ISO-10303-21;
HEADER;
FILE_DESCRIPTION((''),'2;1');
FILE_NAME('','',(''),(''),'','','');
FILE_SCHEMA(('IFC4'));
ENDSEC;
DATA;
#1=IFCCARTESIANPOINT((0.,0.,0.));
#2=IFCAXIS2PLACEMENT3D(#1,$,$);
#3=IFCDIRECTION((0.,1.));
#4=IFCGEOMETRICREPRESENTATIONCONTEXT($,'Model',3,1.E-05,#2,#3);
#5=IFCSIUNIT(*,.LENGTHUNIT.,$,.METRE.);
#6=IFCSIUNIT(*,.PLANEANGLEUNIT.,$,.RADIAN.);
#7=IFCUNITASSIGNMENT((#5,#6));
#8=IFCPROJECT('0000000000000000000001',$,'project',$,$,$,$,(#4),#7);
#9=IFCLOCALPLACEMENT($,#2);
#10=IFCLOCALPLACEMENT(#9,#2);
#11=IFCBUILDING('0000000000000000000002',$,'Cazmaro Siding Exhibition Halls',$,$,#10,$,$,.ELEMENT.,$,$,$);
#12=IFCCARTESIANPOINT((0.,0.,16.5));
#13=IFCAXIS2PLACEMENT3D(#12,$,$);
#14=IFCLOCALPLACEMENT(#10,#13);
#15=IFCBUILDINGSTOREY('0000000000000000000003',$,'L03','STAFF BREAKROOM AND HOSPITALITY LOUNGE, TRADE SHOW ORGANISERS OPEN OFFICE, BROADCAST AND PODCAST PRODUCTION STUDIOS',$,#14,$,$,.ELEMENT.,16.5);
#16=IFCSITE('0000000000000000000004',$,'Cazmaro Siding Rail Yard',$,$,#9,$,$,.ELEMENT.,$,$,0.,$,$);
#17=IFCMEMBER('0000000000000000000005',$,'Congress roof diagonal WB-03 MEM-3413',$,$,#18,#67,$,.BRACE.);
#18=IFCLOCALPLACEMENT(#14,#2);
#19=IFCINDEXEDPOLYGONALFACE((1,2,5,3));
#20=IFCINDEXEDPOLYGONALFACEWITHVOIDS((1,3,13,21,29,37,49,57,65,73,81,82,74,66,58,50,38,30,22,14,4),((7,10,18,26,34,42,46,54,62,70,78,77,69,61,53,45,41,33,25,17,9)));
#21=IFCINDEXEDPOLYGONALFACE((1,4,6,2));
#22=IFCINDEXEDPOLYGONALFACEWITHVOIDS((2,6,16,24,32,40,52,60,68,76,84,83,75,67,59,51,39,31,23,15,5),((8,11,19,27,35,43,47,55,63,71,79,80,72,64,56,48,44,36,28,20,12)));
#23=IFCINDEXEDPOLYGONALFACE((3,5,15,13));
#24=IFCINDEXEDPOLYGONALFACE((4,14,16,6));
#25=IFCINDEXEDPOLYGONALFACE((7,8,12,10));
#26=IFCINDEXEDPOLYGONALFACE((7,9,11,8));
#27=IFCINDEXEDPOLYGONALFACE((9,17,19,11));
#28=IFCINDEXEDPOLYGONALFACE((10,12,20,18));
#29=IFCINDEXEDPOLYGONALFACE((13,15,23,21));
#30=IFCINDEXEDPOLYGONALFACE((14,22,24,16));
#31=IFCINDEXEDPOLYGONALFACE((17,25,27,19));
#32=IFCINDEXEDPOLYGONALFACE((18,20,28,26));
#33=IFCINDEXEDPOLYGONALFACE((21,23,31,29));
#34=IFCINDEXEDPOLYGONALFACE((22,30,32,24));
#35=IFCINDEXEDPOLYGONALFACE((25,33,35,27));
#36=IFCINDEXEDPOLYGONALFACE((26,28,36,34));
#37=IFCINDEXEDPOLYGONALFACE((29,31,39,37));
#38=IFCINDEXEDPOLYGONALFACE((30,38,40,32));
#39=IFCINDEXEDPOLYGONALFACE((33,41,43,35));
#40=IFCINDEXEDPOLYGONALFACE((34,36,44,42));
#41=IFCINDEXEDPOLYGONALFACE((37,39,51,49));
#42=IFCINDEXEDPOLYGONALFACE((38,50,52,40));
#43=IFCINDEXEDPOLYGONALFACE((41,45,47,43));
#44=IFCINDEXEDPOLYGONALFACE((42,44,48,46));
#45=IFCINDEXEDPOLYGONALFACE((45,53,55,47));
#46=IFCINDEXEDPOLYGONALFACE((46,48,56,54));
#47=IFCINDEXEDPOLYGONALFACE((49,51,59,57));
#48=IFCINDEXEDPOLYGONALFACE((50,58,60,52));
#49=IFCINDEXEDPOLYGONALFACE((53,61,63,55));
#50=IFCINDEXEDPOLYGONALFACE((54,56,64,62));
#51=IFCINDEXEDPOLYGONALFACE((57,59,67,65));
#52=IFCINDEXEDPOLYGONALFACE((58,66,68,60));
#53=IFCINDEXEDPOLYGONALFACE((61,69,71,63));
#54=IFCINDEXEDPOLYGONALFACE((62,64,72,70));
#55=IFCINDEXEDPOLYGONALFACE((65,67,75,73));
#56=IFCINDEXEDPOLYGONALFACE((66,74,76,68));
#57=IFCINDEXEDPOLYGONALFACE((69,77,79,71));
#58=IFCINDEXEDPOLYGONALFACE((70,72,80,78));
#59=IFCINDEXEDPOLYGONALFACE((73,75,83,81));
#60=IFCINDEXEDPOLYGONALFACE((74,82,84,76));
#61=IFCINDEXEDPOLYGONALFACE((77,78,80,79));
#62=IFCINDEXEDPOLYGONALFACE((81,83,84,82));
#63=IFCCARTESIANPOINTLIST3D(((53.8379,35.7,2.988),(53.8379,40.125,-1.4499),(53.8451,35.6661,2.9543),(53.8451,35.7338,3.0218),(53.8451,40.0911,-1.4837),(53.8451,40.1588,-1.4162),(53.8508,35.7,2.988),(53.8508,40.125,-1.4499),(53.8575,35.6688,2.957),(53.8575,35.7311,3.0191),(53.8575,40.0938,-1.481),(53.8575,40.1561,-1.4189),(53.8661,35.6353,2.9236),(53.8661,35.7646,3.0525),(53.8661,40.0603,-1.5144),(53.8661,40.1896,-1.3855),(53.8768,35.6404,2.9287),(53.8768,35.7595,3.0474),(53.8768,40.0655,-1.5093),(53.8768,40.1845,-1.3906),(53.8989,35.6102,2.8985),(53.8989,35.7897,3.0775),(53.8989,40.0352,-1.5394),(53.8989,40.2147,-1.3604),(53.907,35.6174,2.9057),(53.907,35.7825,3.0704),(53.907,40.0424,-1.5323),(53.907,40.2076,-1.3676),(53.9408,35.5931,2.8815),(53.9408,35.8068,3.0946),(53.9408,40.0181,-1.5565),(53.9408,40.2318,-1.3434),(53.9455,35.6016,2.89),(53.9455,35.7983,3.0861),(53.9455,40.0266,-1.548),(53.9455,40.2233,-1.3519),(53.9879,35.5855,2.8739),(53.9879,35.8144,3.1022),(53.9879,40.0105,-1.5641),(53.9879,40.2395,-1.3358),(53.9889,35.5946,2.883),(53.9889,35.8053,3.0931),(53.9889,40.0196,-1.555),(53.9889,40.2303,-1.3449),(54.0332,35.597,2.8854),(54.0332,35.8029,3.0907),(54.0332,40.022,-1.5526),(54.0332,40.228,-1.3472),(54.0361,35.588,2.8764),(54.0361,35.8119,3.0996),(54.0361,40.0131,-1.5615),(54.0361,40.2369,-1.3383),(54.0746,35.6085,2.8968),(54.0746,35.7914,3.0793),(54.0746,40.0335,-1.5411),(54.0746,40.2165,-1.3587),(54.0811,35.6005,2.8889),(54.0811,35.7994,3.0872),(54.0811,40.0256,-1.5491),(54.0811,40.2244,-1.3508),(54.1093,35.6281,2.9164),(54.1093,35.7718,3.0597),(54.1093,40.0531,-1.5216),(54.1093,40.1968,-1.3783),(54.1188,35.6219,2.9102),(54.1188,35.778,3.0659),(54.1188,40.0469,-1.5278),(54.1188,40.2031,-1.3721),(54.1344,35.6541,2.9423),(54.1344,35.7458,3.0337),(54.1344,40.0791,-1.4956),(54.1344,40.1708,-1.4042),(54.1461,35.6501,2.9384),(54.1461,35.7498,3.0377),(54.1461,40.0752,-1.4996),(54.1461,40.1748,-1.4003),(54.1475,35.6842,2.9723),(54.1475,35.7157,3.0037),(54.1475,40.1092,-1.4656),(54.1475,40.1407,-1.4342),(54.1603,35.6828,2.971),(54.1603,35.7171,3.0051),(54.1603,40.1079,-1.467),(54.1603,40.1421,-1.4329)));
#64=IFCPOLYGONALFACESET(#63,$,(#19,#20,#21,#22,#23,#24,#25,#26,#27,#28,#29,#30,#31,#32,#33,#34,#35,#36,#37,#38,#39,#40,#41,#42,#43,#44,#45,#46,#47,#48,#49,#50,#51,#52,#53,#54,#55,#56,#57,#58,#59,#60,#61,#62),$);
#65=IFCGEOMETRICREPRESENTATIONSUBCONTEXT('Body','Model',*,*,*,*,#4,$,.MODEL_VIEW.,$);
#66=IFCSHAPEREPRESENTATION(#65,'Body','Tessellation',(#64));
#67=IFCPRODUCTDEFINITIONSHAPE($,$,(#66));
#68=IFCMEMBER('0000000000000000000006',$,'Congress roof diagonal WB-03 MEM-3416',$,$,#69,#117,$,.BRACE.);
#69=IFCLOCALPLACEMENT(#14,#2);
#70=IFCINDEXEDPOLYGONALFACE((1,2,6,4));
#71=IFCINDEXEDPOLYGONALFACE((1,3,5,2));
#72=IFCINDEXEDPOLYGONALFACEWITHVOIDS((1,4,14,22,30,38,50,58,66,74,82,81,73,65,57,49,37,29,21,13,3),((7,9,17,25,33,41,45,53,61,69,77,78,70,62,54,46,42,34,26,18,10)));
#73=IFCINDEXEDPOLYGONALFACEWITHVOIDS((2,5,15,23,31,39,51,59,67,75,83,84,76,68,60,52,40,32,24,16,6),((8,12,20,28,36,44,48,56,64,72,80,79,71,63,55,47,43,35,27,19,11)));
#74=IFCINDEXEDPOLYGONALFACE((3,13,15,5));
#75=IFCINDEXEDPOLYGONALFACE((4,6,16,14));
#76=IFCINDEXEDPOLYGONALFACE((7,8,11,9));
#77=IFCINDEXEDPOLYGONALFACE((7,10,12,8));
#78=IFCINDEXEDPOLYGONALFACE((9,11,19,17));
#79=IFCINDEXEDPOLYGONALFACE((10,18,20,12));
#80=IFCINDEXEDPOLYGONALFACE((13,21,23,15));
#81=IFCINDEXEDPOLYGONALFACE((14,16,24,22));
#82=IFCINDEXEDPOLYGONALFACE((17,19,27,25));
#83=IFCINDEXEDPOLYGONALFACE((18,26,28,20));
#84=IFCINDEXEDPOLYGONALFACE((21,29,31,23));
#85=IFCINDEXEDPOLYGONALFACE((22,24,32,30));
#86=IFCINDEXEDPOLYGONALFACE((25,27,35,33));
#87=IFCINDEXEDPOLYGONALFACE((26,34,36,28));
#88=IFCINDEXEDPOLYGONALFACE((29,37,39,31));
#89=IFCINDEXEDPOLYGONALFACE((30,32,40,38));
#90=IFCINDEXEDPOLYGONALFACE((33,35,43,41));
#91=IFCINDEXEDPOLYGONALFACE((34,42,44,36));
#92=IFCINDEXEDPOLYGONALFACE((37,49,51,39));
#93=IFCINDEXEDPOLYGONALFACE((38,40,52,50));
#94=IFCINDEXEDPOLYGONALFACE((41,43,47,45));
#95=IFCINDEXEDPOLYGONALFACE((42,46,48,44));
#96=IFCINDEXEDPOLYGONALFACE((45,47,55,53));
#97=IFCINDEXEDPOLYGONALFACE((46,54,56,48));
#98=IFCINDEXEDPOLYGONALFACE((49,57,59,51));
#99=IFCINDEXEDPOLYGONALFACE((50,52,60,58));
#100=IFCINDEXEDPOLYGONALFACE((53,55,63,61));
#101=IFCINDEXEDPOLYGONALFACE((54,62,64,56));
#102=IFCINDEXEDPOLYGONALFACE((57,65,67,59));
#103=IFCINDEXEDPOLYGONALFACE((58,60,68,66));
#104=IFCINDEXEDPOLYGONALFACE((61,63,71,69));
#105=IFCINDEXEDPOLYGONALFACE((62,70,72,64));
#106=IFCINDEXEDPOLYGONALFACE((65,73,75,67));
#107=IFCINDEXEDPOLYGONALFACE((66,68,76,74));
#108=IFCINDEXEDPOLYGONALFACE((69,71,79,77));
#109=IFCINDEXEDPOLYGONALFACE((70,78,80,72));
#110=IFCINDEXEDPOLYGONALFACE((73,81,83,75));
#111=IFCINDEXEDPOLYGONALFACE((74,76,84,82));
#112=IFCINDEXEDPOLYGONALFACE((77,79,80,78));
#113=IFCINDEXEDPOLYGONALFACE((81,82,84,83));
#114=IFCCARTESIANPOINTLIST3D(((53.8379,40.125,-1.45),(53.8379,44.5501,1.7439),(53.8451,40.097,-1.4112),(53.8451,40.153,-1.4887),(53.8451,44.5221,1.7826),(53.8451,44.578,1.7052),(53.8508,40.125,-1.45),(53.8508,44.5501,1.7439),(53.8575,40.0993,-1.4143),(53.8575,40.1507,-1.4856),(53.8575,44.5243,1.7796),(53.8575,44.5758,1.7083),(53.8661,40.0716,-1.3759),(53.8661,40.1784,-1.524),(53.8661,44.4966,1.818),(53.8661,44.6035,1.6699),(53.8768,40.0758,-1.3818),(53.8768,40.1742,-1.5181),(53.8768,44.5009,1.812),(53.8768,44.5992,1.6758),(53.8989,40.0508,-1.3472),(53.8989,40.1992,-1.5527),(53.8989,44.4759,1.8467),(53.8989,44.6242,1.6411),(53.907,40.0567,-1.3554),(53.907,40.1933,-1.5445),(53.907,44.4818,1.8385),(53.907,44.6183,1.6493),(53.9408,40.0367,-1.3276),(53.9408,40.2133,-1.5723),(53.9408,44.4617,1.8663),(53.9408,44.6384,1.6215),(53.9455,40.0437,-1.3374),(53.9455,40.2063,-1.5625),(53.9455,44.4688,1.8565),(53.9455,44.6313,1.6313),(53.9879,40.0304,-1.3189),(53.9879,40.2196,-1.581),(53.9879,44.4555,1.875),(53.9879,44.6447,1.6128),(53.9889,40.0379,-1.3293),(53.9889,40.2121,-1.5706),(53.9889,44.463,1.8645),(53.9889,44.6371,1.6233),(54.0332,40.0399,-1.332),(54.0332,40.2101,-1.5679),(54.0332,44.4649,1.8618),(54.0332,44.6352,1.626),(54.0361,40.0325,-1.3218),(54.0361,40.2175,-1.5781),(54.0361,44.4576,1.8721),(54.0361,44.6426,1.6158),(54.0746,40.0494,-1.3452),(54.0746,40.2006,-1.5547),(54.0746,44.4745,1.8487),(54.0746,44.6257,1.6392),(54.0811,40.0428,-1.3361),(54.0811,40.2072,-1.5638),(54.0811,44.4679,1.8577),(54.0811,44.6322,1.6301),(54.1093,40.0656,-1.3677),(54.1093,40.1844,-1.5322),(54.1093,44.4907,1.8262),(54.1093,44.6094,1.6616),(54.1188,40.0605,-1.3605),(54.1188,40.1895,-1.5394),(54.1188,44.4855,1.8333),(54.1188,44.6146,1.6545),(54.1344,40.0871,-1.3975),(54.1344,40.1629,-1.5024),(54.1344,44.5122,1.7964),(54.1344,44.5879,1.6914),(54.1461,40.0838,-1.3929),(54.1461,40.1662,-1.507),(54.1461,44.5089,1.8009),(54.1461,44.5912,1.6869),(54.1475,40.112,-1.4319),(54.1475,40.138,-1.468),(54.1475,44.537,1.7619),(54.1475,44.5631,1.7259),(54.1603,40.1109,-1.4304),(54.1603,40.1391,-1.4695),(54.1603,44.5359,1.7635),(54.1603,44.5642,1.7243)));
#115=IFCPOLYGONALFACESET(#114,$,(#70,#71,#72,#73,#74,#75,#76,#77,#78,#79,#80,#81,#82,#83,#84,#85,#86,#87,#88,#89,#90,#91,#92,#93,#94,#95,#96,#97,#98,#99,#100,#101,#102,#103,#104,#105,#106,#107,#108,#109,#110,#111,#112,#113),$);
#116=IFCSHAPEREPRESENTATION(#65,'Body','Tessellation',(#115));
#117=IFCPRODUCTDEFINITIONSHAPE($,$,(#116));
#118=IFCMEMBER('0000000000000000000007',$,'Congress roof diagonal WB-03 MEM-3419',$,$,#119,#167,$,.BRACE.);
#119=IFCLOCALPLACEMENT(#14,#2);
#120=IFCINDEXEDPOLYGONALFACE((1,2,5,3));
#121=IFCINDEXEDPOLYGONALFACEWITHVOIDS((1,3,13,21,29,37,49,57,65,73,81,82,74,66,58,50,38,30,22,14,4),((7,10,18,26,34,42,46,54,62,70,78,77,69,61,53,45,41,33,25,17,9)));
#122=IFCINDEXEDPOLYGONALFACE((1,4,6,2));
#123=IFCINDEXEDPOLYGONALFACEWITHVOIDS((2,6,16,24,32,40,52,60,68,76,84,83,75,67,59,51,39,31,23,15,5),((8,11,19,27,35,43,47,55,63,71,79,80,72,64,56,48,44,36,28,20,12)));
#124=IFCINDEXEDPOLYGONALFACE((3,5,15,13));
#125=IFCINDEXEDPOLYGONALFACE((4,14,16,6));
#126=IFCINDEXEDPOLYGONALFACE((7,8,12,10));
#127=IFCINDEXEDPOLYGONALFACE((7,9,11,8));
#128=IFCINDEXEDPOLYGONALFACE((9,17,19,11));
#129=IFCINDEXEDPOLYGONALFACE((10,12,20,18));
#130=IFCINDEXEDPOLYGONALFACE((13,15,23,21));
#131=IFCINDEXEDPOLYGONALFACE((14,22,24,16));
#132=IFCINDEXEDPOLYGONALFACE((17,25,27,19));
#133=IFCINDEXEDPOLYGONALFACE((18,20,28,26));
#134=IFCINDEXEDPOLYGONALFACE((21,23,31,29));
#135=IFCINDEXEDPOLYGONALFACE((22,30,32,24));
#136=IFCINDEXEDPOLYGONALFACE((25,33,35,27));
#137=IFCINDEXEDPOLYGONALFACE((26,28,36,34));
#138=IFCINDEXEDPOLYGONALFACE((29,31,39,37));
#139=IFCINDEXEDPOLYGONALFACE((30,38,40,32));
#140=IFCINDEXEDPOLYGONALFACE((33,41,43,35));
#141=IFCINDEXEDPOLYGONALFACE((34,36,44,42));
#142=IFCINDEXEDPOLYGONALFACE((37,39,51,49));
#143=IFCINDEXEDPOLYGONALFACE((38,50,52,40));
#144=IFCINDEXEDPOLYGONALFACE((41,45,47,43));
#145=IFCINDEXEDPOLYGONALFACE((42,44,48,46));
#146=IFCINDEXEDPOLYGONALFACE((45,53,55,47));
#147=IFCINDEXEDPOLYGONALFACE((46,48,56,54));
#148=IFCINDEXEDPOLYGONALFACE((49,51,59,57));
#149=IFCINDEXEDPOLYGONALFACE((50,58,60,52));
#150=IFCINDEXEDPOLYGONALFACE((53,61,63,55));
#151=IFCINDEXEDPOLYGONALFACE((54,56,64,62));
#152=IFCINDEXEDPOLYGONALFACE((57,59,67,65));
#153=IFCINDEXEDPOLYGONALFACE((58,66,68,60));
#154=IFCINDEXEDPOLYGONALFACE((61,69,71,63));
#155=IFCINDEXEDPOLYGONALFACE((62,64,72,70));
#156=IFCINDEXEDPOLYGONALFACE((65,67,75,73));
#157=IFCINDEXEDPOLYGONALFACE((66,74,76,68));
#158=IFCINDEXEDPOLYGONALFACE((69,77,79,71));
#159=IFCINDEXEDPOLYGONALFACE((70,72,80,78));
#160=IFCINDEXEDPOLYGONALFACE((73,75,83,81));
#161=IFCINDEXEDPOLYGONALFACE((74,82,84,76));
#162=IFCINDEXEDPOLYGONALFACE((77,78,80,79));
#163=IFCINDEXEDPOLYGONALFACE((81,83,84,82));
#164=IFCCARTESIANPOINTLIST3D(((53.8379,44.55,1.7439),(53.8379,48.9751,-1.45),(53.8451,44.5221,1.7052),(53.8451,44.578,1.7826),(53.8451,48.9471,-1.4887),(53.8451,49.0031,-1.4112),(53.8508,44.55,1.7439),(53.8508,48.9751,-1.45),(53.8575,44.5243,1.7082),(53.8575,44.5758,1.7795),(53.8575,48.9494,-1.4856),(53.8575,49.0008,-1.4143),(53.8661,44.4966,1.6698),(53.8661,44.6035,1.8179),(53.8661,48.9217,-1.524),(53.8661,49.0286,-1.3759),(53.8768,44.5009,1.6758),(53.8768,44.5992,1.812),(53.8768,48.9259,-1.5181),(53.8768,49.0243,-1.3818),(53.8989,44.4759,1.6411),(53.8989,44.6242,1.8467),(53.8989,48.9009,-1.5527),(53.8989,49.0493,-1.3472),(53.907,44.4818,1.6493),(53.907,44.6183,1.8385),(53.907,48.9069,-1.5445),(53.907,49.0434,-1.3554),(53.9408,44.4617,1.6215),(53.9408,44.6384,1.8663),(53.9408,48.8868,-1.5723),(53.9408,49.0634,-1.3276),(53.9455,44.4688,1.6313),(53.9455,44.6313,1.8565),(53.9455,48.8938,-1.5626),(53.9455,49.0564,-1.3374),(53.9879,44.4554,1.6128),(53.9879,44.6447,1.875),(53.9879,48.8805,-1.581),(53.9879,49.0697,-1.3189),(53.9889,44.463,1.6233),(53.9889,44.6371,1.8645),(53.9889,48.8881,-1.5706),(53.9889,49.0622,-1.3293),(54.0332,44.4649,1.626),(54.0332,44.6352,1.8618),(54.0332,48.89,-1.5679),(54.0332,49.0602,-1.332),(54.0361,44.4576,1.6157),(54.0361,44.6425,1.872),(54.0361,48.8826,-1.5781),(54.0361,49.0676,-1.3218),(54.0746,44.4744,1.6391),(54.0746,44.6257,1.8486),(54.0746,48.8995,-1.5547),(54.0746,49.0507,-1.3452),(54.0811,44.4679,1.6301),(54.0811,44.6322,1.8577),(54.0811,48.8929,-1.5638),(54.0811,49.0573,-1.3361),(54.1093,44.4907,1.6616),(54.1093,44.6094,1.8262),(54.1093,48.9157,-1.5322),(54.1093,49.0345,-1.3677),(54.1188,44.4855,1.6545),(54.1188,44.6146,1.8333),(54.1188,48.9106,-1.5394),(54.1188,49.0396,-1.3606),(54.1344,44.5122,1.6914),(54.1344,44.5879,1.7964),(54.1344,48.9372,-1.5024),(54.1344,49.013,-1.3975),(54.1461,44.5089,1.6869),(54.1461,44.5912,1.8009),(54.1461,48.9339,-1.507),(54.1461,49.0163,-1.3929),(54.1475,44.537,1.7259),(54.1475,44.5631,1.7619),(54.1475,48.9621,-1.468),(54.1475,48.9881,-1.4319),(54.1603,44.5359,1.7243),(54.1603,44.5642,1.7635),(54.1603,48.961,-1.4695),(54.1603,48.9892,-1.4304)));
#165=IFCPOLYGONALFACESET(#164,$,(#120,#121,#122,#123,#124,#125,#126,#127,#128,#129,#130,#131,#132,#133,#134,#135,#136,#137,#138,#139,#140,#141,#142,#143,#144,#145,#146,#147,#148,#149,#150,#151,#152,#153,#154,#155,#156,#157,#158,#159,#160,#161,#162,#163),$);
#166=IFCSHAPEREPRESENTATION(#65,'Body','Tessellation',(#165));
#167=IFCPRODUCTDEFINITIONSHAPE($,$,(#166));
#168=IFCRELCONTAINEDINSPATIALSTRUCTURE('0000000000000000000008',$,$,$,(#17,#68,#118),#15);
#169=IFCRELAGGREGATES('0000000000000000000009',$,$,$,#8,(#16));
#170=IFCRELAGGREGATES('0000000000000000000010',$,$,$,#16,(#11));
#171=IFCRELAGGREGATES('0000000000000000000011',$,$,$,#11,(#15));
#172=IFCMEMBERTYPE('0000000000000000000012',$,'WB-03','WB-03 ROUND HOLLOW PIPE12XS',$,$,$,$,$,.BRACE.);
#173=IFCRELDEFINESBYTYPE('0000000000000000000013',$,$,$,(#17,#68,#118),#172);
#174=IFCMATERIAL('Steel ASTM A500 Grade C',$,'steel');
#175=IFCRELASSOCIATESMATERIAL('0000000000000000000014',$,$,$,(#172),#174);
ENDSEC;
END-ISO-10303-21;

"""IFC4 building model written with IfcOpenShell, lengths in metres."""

from ifc_helpers import new_model, si_unit, direction, frame, origin, origin_2d, place, context, subcontext, project, spatial, hollow_circle, extrude, material, material_profile, profile_set, type_object, element, save


model = new_model("IFC4")

# Units and contexts
model_context = context("Model", 3, precision=1e-05, world=origin(), true_north=direction((0.0, 1.0)))
body_context = subcontext(model_context, "Body", "Model", "MODEL_VIEW")
ifc_project = project(units=[si_unit("LENGTHUNIT", "METRE"), si_unit("PLANEANGLEUNIT", "RADIAN")], contexts=[model_context])

# Site, building, storey
site_placement = place(None, origin())
site = spatial("IfcSite", under=ifc_project, at=site_placement, Name="Cazmaro Siding Rail Yard", CompositionType="ELEMENT", RefElevation=0.0)
building_placement = place(site_placement, origin())
building = spatial("IfcBuilding", under=site, at=building_placement, Name="Cazmaro Siding Exhibition Halls", CompositionType="ELEMENT")
storey_placement = place(building_placement, frame((0.0, 0.0, 16.5)))
storey = spatial("IfcBuildingStorey", under=building, at=storey_placement, Name="L03", Description="STAFF BREAKROOM AND HOSPITALITY LOUNGE, TRADE SHOW ORGANISERS OPEN OFFICE, BROADCAST AND PODCAST PRODUCTION STUDIOS", CompositionType="ELEMENT", Elevation=16.5)

# Members
ifc_material_1 = material(Name="Steel ASTM A500 Grade C", Category="steel")
ifc_material_profile_1 = material_profile(ifc_material_1, hollow_circle(Radius=0.1621, WallThickness=0.0129, at=origin_2d()), Name="PIPE12XS")
ifc_profile_set_1 = profile_set([ifc_material_profile_1], Name="Steel ASTM A500 Grade C")
member_type_1 = type_object("IfcMemberType", Name="WB-03", Description="WB-03 ROUND HOLLOW PIPE12XS", PredefinedType="BRACE", material=ifc_profile_set_1)
member_1_placement = place(storey_placement, frame((54.0, 35.7, 2.988), z_axis=(0.0, 0.706074, -0.708138), x_axis=(-1.0, 0.0, 0.0)))
element("IfcMember", 1, at=member_1_placement, inside=storey, type_object=member_type_1, Name="Congress roof diagonal WB-03 MEM-3413", PredefinedType="BRACE", context=body_context, shape_type="SweptSolid", body=[
    extrude(hollow_circle(Radius=0.1621, WallThickness=0.0129, at=origin_2d()), origin(), (0.0, 0.0, 1.0), 6.2671),
])
for number, where, z_axis, x_axis, name in (
    (2, (54.0, 40.125, -1.45), (0.0, 0.810855, 0.585247), (-1.0, 0.0, 0.0), "Congress roof diagonal WB-03 MEM-3416"),
    (3, (54.0, 44.55, 1.7439), (0.0, 0.810855, -0.585247), (-1.0, 0.0, 0.0), "Congress roof diagonal WB-03 MEM-3419"),
):
    element("IfcMember", number, at=place(storey_placement, frame(where, z_axis=z_axis, x_axis=x_axis)), inside=storey, type_object=member_type_1, Name=name, PredefinedType="BRACE", context=body_context, shape_type="SweptSolid", body=[
        extrude(hollow_circle(Radius=0.1621, WallThickness=0.0129, at=origin_2d()), origin(), (0.0, 0.0, 1.0), 5.4573),
    ])

save(model, "model.ifc")
